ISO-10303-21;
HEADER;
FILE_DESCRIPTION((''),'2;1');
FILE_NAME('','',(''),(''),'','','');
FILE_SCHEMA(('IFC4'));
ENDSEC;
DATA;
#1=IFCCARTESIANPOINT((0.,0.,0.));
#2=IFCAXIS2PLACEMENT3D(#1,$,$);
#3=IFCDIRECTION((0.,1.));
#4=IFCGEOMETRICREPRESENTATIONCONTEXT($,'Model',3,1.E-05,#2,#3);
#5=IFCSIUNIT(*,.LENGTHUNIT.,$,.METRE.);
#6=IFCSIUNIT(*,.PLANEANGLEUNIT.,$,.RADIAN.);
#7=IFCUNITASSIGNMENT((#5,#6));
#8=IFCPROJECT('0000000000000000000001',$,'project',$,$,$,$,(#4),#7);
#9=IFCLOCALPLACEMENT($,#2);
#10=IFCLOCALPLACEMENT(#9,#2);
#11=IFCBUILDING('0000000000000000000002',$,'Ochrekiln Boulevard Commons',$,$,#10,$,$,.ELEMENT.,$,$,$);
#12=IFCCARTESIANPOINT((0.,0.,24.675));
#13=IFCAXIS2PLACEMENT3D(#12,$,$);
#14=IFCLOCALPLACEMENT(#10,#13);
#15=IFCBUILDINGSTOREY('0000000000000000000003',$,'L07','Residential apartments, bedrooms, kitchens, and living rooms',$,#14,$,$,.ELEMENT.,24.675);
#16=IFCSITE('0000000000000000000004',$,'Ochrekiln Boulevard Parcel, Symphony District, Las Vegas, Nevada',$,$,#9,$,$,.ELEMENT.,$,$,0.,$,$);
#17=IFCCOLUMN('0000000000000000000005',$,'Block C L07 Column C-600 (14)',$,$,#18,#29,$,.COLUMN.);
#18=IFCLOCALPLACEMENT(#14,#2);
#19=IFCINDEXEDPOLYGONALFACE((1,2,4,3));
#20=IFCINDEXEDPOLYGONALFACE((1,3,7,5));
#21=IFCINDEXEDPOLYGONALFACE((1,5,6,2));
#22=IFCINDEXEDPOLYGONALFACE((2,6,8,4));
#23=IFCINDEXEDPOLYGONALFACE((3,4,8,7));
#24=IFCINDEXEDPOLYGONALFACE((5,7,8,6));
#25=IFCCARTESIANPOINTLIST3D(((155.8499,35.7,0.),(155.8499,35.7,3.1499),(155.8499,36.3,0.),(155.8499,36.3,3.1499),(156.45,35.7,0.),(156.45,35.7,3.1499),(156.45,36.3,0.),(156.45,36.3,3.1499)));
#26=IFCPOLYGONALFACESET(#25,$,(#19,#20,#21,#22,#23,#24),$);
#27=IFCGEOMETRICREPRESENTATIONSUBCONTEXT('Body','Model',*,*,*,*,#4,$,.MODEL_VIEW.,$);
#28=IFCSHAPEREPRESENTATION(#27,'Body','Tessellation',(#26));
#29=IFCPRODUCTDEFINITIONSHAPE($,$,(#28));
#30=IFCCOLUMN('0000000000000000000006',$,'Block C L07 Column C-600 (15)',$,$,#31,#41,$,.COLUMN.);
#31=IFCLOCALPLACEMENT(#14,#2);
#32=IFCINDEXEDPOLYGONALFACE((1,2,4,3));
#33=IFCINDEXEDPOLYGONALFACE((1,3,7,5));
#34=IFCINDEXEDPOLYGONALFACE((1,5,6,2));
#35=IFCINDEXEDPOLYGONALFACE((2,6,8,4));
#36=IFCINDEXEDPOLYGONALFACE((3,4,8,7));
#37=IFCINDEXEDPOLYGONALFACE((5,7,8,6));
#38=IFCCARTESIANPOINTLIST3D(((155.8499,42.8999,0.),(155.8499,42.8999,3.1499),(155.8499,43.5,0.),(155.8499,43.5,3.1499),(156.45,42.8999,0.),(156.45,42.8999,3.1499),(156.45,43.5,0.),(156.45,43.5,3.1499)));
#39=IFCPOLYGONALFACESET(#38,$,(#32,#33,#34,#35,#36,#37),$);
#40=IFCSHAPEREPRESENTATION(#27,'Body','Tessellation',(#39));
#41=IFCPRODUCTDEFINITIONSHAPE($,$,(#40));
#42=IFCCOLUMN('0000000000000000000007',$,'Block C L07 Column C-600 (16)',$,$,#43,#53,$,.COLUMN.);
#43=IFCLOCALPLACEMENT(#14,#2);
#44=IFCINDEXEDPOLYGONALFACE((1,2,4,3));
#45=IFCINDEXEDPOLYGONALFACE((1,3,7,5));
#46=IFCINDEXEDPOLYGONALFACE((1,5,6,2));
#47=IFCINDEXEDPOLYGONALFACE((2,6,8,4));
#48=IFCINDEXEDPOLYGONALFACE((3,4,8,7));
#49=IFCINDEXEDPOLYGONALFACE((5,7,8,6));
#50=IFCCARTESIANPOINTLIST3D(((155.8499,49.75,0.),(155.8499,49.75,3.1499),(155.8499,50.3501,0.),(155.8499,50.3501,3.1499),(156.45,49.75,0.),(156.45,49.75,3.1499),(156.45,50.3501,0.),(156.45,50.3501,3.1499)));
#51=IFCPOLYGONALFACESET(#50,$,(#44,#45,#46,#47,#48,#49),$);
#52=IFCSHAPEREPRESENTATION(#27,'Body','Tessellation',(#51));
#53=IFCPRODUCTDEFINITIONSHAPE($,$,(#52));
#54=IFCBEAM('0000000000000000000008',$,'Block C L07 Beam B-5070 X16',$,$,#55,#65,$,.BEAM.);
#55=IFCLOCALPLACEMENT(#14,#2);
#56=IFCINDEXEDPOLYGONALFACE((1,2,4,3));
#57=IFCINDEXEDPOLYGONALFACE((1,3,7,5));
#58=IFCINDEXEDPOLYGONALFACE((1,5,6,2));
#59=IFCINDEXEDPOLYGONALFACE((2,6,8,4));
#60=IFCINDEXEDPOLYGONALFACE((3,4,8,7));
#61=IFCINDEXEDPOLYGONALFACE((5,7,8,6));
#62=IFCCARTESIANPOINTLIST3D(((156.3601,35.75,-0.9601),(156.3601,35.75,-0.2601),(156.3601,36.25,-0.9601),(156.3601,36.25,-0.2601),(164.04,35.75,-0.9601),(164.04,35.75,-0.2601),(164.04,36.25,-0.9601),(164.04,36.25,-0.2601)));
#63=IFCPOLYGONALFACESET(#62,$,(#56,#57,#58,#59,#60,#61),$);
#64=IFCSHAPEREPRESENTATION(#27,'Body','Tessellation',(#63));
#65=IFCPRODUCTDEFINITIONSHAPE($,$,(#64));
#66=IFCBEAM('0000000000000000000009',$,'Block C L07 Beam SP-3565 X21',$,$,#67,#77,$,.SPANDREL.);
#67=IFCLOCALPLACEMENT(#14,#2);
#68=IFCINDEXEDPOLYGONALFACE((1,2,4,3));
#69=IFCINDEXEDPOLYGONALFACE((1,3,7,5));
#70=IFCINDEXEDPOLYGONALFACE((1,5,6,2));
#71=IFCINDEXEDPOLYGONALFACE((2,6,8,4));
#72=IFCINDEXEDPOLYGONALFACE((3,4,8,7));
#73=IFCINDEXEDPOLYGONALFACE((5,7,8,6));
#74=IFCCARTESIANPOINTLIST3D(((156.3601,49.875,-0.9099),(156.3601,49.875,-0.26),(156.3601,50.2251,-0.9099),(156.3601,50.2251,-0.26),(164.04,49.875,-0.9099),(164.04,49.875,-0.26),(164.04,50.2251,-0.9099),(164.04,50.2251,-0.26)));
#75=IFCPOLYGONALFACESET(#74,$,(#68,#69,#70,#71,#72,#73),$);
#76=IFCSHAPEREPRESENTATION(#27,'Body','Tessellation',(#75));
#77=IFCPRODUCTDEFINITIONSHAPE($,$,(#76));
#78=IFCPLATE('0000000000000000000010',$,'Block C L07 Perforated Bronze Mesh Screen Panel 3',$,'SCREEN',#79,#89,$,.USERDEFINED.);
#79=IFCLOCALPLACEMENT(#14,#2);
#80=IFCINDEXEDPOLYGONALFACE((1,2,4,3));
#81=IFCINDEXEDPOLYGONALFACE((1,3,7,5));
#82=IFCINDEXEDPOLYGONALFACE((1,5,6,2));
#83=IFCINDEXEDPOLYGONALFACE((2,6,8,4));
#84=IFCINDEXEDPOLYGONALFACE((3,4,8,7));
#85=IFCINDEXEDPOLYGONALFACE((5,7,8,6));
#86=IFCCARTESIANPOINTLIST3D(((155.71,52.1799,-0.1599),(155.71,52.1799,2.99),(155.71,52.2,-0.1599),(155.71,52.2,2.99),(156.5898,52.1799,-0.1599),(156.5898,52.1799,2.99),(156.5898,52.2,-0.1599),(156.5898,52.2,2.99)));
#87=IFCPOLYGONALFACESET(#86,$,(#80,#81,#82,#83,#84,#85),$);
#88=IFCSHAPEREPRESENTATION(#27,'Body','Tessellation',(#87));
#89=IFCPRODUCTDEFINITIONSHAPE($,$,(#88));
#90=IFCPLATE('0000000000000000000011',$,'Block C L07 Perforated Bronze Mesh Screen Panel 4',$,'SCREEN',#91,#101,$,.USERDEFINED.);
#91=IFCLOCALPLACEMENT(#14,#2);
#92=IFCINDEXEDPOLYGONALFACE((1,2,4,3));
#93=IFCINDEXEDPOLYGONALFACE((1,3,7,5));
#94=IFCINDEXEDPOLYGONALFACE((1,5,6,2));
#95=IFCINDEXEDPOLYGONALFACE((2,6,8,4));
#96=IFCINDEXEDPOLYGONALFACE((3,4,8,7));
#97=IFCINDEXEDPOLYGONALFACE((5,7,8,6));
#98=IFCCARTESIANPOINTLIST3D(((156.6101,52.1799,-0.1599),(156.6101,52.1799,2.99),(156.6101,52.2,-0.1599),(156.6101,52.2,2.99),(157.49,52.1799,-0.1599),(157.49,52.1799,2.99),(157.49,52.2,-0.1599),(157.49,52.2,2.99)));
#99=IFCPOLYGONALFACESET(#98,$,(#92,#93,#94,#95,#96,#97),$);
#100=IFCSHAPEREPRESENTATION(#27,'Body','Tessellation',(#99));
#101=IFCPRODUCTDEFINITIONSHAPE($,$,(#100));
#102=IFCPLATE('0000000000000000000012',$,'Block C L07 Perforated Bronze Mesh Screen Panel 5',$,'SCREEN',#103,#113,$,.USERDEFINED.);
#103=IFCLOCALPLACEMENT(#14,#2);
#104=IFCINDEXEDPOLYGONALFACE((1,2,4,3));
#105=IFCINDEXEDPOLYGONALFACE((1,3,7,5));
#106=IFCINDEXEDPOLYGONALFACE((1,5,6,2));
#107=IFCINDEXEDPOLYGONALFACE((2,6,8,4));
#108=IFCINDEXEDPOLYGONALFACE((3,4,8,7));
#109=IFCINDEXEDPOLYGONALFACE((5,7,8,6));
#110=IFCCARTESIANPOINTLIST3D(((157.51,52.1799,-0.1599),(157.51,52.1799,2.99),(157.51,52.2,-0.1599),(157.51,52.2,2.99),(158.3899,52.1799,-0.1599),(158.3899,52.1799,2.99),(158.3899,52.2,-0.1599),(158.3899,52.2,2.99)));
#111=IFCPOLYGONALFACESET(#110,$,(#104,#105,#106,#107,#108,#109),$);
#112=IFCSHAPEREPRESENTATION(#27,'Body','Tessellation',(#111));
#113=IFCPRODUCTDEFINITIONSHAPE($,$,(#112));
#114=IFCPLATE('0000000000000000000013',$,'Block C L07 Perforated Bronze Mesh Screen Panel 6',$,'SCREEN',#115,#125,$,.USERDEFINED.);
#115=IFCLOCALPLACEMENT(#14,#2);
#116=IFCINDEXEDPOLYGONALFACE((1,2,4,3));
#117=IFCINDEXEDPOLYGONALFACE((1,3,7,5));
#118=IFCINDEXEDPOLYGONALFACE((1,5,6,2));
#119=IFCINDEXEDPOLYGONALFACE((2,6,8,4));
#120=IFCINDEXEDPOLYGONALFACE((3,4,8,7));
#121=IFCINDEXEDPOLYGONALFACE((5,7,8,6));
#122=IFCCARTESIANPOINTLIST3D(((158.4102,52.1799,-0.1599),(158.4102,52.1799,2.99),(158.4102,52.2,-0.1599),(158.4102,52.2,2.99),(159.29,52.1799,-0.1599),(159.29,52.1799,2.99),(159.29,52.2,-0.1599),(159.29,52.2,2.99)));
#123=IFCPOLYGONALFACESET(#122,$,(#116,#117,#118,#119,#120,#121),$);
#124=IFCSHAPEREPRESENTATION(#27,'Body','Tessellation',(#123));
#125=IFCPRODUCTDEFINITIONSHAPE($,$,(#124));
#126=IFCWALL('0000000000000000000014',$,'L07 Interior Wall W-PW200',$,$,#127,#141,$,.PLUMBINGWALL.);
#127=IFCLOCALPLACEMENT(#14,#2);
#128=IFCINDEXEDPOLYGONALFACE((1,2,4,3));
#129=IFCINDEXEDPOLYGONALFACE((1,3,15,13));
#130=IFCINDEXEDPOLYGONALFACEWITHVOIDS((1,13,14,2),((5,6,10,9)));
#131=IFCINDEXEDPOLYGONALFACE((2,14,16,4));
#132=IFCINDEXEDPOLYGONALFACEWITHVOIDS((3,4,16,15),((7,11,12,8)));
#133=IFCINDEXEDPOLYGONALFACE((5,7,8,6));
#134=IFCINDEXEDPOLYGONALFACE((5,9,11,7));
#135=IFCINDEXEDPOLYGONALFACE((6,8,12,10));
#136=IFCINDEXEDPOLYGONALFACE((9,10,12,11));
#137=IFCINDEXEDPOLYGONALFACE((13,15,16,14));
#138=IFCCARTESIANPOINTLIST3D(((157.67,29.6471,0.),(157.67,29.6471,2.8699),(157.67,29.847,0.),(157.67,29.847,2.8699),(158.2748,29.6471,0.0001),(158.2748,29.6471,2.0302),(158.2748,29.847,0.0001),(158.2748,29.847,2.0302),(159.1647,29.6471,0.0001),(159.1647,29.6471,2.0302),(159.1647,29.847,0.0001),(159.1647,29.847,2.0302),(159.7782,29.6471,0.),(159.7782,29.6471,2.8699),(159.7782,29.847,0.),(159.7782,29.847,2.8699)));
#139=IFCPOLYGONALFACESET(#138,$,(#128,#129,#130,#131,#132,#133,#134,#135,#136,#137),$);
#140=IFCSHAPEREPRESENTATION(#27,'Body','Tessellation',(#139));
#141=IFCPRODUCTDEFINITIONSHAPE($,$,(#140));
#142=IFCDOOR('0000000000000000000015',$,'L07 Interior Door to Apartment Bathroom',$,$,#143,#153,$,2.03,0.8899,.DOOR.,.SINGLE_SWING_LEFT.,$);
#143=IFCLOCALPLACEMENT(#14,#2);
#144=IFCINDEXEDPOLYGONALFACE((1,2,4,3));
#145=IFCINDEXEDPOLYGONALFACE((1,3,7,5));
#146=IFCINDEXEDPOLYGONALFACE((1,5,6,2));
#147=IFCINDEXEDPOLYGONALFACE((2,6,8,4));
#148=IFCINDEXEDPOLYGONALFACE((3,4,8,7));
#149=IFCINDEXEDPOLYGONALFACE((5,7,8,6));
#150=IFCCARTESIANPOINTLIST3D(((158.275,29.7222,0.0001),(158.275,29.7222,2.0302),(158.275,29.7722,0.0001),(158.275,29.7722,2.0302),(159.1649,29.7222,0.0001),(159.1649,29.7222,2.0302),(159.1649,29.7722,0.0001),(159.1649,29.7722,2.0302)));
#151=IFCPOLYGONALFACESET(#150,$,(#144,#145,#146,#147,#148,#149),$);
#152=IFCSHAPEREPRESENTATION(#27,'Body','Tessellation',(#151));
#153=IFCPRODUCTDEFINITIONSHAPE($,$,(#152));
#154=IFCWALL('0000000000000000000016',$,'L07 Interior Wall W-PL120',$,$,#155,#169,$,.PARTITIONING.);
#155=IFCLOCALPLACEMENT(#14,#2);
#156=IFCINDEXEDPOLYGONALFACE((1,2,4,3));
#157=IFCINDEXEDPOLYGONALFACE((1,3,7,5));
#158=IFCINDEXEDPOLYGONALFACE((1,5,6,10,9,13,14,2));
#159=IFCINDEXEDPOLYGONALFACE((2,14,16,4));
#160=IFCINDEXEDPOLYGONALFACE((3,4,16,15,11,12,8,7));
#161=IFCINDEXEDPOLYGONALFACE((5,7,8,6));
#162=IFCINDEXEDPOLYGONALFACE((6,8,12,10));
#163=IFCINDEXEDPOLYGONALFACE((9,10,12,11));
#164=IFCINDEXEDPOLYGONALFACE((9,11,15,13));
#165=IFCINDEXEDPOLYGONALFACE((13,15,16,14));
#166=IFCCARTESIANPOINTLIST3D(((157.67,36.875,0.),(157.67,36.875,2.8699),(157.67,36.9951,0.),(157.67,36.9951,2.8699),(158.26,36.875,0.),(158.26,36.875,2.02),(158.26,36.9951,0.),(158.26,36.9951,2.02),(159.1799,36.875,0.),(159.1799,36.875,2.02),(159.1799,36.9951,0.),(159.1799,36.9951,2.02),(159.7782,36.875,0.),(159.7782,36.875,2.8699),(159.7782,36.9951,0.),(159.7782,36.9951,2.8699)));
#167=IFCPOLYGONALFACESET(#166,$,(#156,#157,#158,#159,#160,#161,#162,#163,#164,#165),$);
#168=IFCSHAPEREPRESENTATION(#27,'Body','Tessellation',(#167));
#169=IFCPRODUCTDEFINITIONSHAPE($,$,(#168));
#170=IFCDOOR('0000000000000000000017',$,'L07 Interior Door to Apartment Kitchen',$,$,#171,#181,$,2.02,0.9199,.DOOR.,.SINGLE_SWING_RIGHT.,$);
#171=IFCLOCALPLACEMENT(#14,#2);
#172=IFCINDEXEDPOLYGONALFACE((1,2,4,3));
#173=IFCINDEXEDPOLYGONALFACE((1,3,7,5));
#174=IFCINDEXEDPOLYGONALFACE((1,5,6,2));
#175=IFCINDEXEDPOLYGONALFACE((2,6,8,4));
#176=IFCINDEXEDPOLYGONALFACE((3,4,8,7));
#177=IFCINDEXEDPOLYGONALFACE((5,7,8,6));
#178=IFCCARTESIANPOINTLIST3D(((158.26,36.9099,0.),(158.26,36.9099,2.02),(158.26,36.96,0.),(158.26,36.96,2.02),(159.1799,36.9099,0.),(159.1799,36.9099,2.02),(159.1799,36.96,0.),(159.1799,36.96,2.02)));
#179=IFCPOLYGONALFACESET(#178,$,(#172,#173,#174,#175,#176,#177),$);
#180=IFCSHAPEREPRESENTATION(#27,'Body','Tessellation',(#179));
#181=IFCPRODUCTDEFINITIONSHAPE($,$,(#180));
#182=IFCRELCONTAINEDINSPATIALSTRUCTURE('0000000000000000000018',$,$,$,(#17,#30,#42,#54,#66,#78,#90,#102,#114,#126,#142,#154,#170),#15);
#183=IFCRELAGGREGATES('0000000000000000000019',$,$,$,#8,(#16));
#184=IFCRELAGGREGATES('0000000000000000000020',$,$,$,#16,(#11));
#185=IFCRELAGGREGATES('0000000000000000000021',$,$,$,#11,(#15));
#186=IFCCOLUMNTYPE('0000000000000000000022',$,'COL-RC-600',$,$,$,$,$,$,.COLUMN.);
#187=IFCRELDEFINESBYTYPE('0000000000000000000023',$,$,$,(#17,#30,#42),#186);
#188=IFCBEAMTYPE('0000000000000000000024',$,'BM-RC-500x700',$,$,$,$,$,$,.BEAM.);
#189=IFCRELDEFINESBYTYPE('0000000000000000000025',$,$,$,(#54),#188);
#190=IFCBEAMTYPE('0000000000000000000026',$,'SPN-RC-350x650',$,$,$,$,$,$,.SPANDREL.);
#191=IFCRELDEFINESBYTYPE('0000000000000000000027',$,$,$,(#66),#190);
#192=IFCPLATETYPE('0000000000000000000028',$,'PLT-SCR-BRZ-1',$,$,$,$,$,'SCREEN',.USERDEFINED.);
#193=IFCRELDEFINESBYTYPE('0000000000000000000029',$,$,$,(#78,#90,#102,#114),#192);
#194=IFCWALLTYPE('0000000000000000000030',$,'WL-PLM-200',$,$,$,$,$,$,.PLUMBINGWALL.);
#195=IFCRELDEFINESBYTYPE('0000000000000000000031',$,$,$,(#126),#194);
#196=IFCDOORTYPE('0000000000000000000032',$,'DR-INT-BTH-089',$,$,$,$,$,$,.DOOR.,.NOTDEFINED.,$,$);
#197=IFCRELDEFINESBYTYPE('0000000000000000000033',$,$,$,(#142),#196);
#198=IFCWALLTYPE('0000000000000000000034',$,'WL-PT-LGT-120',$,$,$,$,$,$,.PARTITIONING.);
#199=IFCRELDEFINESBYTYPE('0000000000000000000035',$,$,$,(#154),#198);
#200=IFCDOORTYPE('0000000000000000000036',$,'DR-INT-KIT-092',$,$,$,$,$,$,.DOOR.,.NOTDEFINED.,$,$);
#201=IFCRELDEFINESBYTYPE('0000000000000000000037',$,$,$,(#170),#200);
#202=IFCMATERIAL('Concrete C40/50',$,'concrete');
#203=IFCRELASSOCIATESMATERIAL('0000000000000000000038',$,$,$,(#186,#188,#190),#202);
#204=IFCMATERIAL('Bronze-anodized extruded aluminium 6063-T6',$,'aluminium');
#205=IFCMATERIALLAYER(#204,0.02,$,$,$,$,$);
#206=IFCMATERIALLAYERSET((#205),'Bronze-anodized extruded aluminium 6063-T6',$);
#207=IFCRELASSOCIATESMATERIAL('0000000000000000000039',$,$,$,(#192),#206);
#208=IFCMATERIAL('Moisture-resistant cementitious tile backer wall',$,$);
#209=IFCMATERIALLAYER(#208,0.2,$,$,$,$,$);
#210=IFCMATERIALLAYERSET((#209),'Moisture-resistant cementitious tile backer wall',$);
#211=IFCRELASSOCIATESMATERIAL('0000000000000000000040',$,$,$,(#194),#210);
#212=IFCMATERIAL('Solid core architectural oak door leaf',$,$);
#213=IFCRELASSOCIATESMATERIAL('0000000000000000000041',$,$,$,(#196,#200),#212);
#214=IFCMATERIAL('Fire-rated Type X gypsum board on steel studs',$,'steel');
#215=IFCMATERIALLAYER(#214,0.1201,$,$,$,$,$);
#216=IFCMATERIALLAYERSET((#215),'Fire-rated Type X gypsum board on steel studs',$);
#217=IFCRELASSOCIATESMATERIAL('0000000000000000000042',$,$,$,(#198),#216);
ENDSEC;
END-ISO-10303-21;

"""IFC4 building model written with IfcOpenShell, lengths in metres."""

from ifc_helpers import new_model, si_unit, direction, frame, frame_2d, origin, origin_2d, place, context, subcontext, project, spatial, rectangle, extrude, material, layer, layer_set, material_profile, profile_set, type_object, element, fill, save


model = new_model("IFC4")

# Units and contexts
model_context = context("Model", 3, precision=1e-05, world=origin(), true_north=direction((0.0, 1.0)))
body_context = subcontext(model_context, "Body", "Model", "MODEL_VIEW")
ifc_project = project(units=[si_unit("LENGTHUNIT", "METRE"), si_unit("PLANEANGLEUNIT", "RADIAN")], contexts=[model_context])

# Site, building, storey
site_placement = place(None, origin())
site = spatial("IfcSite", under=ifc_project, at=site_placement, Name="Ochrekiln Boulevard Parcel, Symphony District, Las Vegas, Nevada", CompositionType="ELEMENT", RefElevation=0.0)
building_placement = place(site_placement, origin())
building = spatial("IfcBuilding", under=site, at=building_placement, Name="Ochrekiln Boulevard Commons", CompositionType="ELEMENT")
storey_placement = place(building_placement, frame((0.0, 0.0, 24.675)))
storey = spatial("IfcBuildingStorey", under=building, at=storey_placement, Name="L07", Description="Residential apartments, bedrooms, kitchens, and living rooms", CompositionType="ELEMENT", Elevation=24.675)

# Columns
ifc_material_1 = material(Name="Concrete C40/50", Category="concrete")
ifc_material_profile_1 = material_profile(ifc_material_1, rectangle(XDim=0.6001, YDim=0.6001, at=origin_2d()), Name="RC-COL-600x600")
ifc_profile_set_1 = profile_set([ifc_material_profile_1], Name="Concrete C40/50")
column_type = type_object("IfcColumnType", Name="COL-RC-600", PredefinedType="COLUMN", material=ifc_profile_set_1)
for number, where, z_axis, x_axis, name in (
    (1, (156.1499, 36.0, 0.0), (0.0, 0.0, 1.0), (1.0, 0.0, 0.0), "Block C L07 Column C-600 (14)"),
    (2, (156.1499, 43.2, 0.0), (0.0, 0.0, 1.0), (1.0, 0.0, 0.0), "Block C L07 Column C-600 (15)"),
    (3, (156.1499, 50.05, 0.0), (0.0, 0.0, 1.0), (1.0, 0.0, 0.0), "Block C L07 Column C-600 (16)"),
):
    element("IfcColumn", number, at=place(storey_placement, frame(where, z_axis=z_axis, x_axis=x_axis)), inside=storey, type_object=column_type, Name=name, PredefinedType="COLUMN", context=body_context, shape_type="SweptSolid", body=[
        extrude(rectangle(XDim=0.6001, YDim=0.6001, at=origin_2d()), origin(), (0.0, 0.0, 1.0), 3.1499),
    ])

# Beams
ifc_material_profile_2 = material_profile(ifc_material_1, rectangle(XDim=0.5, YDim=0.7, at=origin_2d()), Name="RC-BM-500x700")
ifc_profile_set_2 = profile_set([ifc_material_profile_2], Name="Concrete C40/50")
beam_type_1 = type_object("IfcBeamType", Name="BM-RC-500x700", PredefinedType="BEAM", material=ifc_profile_set_2)
beam_1_placement = place(storey_placement, frame((156.3601, 36.0, -0.6101), z_axis=(1.0, 0.0, 0.0), x_axis=(0.0, 1.0, 0.0)))
element("IfcBeam", 4, at=beam_1_placement, inside=storey, type_object=beam_type_1, Name="Block C L07 Beam B-5070 X16", PredefinedType="BEAM", context=body_context, shape_type="SweptSolid", body=[
    extrude(rectangle(XDim=0.5, YDim=0.7, at=origin_2d()), origin(), (0.0, 0.0, 1.0), 7.6799),
])
ifc_material_profile_3 = material_profile(ifc_material_1, rectangle(XDim=0.3501, YDim=0.6499, at=origin_2d()), Name="RC-SPN-350x650")
ifc_profile_set_3 = profile_set([ifc_material_profile_3], Name="Concrete C40/50")
beam_type_2 = type_object("IfcBeamType", Name="SPN-RC-350x650", PredefinedType="SPANDREL", material=ifc_profile_set_3)
beam_2_placement = place(storey_placement, frame((156.3601, 50.05, -0.585), z_axis=(1.0, 0.0, 0.0), x_axis=(0.0, 1.0, 0.0)))
element("IfcBeam", 5, at=beam_2_placement, inside=storey, type_object=beam_type_2, Name="Block C L07 Beam SP-3565 X21", PredefinedType="SPANDREL", context=body_context, shape_type="SweptSolid", body=[
    extrude(rectangle(XDim=0.3501, YDim=0.6499, at=origin_2d()), origin(), (0.0, 0.0, 1.0), 7.6799),
])

# Plates
ifc_material_2 = material(Name="Bronze-anodized extruded aluminium 6063-T6", Category="aluminium")
ifc_layer_1 = layer(ifc_material_2, 0.02)
ifc_layer_set_1 = layer_set([ifc_layer_1], Name="Bronze-anodized extruded aluminium 6063-T6")
plate_type = type_object("IfcPlateType", Name="PLT-SCR-BRZ-1", ElementType="SCREEN", PredefinedType="USERDEFINED", material=ifc_layer_set_1)
for number, where, z_axis, x_axis, name in (
    (6, (156.1499, 52.1899, -0.1599), (0.0, 0.0, 1.0), (1.0, 0.0, 0.0), "Block C L07 Perforated Bronze Mesh Screen Panel 3"),
    (7, (157.05, 52.1899, -0.1599), (0.0, 0.0, 1.0), (1.0, 0.0, 0.0), "Block C L07 Perforated Bronze Mesh Screen Panel 4"),
    (8, (157.95, 52.1899, -0.1599), (0.0, 0.0, 1.0), (1.0, 0.0, 0.0), "Block C L07 Perforated Bronze Mesh Screen Panel 5"),
    (9, (158.8501, 52.1899, -0.1599), (0.0, 0.0, 1.0), (1.0, 0.0, 0.0), "Block C L07 Perforated Bronze Mesh Screen Panel 6"),
):
    element("IfcPlate", number, at=place(storey_placement, frame(where, z_axis=z_axis, x_axis=x_axis)), inside=storey, type_object=plate_type, Name=name, ObjectType="SCREEN", PredefinedType="USERDEFINED", context=body_context, shape_type="SweptSolid", body=[
        extrude(rectangle(XDim=0.8799, YDim=0.02, at=origin_2d()), origin(), (0.0, 0.0, 1.0), 3.1499),
    ])

# Walls, openings, doors
ifc_material_3 = material(Name="Moisture-resistant cementitious tile backer wall")
ifc_layer_2 = layer(ifc_material_3, 0.2)
ifc_layer_set_2 = layer_set([ifc_layer_2], Name="Moisture-resistant cementitious tile backer wall")
wall_type_1 = type_object("IfcWallType", Name="WL-PLM-200", PredefinedType="PLUMBINGWALL", material=ifc_layer_set_2)
wall_1_placement = place(storey_placement, frame((157.6699, 29.7471, 0.0), z_axis=(0.0, 0.0, 1.0), x_axis=(1.0, 0.0, 0.0)))
wall_1 = element("IfcWall", 10, at=wall_1_placement, inside=storey, type_object=wall_type_1, Name="L07 Interior Wall W-PW200", PredefinedType="PLUMBINGWALL", context=body_context, shape_type="SweptSolid", body=[
    extrude(rectangle(XDim=2.1082, YDim=0.2, at=frame_2d((1.0542, 0.0))), origin(), (0.0, 0.0, 1.0), 2.8699),
])
opening_1_placement = place(wall_1_placement, frame((0.605, 0.0, 0.0)))
opening_1 = element("IfcOpeningElement", 11, at=opening_1_placement, cuts=wall_1, PredefinedType="OPENING", context=body_context, shape_type="SweptSolid", body=[
    extrude(rectangle(XDim=0.8899, YDim=2.03, at=frame_2d((0.4448, 1.0151))), frame((0.0, 0.1099, 0.0), z_axis=(0.0, -1.0, 0.0), x_axis=(1.0, 0.0, 0.0)), (0.0, 0.0, 1.0), 0.22),
])
ifc_material_4 = material(Name="Solid core architectural oak door leaf")
door_type_1 = type_object("IfcDoorType", Name="DR-INT-BTH-089", OperationType="NOTDEFINED", PredefinedType="DOOR", material=ifc_material_4)
door_1_placement = place(opening_1_placement, frame((0.8899, 0.0, 0.0), z_axis=(0.0, 0.0, 1.0), x_axis=(-1.0, 0.0, 0.0)))
door_1 = element("IfcDoor", 12, at=door_1_placement, inside=storey, type_object=door_type_1, Name="L07 Interior Door to Apartment Bathroom", OperationType="SINGLE_SWING_LEFT", OverallHeight=2.03, OverallWidth=0.8899, PredefinedType="DOOR", context=body_context, shape_type="SweptSolid", body=[
    extrude(rectangle(XDim=0.8899, YDim=2.03, at=frame_2d((0.4448, 1.0151))), frame((0.0, 0.0249, 0.0), z_axis=(0.0, -1.0, 0.0), x_axis=(1.0, 0.0, 0.0)), (0.0, 0.0, 1.0), 0.05),
])
fill(opening_1, door_1)
ifc_material_5 = material(Name="Fire-rated Type X gypsum board on steel studs", Category="steel")
ifc_layer_3 = layer(ifc_material_5, 0.1201)
ifc_layer_set_3 = layer_set([ifc_layer_3], Name="Fire-rated Type X gypsum board on steel studs")
wall_type_2 = type_object("IfcWallType", Name="WL-PT-LGT-120", PredefinedType="PARTITIONING", material=ifc_layer_set_3)
wall_2_placement = place(storey_placement, frame((157.6699, 36.9351, 0.0), z_axis=(0.0, 0.0, 1.0), x_axis=(1.0, 0.0, 0.0)))
wall_2 = element("IfcWall", 13, at=wall_2_placement, inside=storey, type_object=wall_type_2, Name="L07 Interior Wall W-PL120", PredefinedType="PARTITIONING", context=body_context, shape_type="SweptSolid", body=[
    extrude(rectangle(XDim=2.1082, YDim=0.1201, at=frame_2d((1.0542, 0.0))), origin(), (0.0, 0.0, 1.0), 2.8699),
])
opening_2_placement = place(wall_2_placement, frame((0.5901, 0.0, 0.0)))
opening_2 = element("IfcOpeningElement", 14, at=opening_2_placement, cuts=wall_2, PredefinedType="OPENING", context=body_context, shape_type="SweptSolid", body=[
    extrude(rectangle(XDim=0.9199, YDim=2.02, at=frame_2d((0.46, 1.01))), frame((0.0, 0.0701, 0.0), z_axis=(0.0, -1.0, 0.0), x_axis=(1.0, 0.0, 0.0)), (0.0, 0.0, 1.0), 0.1401),
])
door_type_2 = type_object("IfcDoorType", Name="DR-INT-KIT-092", OperationType="NOTDEFINED", PredefinedType="DOOR", material=ifc_material_4)
door_2_placement = place(opening_2_placement, origin())
door_2 = element("IfcDoor", 15, at=door_2_placement, inside=storey, type_object=door_type_2, Name="L07 Interior Door to Apartment Kitchen", OperationType="SINGLE_SWING_RIGHT", OverallHeight=2.02, OverallWidth=0.9199, PredefinedType="DOOR", context=body_context, shape_type="SweptSolid", body=[
    extrude(rectangle(XDim=0.9199, YDim=2.02, at=frame_2d((0.46, 1.01))), frame((0.0, 0.0249, 0.0), z_axis=(0.0, -1.0, 0.0), x_axis=(1.0, 0.0, 0.0)), (0.0, 0.0, 1.0), 0.05),
])
fill(opening_2, door_2)

save(model, "model.ifc")
